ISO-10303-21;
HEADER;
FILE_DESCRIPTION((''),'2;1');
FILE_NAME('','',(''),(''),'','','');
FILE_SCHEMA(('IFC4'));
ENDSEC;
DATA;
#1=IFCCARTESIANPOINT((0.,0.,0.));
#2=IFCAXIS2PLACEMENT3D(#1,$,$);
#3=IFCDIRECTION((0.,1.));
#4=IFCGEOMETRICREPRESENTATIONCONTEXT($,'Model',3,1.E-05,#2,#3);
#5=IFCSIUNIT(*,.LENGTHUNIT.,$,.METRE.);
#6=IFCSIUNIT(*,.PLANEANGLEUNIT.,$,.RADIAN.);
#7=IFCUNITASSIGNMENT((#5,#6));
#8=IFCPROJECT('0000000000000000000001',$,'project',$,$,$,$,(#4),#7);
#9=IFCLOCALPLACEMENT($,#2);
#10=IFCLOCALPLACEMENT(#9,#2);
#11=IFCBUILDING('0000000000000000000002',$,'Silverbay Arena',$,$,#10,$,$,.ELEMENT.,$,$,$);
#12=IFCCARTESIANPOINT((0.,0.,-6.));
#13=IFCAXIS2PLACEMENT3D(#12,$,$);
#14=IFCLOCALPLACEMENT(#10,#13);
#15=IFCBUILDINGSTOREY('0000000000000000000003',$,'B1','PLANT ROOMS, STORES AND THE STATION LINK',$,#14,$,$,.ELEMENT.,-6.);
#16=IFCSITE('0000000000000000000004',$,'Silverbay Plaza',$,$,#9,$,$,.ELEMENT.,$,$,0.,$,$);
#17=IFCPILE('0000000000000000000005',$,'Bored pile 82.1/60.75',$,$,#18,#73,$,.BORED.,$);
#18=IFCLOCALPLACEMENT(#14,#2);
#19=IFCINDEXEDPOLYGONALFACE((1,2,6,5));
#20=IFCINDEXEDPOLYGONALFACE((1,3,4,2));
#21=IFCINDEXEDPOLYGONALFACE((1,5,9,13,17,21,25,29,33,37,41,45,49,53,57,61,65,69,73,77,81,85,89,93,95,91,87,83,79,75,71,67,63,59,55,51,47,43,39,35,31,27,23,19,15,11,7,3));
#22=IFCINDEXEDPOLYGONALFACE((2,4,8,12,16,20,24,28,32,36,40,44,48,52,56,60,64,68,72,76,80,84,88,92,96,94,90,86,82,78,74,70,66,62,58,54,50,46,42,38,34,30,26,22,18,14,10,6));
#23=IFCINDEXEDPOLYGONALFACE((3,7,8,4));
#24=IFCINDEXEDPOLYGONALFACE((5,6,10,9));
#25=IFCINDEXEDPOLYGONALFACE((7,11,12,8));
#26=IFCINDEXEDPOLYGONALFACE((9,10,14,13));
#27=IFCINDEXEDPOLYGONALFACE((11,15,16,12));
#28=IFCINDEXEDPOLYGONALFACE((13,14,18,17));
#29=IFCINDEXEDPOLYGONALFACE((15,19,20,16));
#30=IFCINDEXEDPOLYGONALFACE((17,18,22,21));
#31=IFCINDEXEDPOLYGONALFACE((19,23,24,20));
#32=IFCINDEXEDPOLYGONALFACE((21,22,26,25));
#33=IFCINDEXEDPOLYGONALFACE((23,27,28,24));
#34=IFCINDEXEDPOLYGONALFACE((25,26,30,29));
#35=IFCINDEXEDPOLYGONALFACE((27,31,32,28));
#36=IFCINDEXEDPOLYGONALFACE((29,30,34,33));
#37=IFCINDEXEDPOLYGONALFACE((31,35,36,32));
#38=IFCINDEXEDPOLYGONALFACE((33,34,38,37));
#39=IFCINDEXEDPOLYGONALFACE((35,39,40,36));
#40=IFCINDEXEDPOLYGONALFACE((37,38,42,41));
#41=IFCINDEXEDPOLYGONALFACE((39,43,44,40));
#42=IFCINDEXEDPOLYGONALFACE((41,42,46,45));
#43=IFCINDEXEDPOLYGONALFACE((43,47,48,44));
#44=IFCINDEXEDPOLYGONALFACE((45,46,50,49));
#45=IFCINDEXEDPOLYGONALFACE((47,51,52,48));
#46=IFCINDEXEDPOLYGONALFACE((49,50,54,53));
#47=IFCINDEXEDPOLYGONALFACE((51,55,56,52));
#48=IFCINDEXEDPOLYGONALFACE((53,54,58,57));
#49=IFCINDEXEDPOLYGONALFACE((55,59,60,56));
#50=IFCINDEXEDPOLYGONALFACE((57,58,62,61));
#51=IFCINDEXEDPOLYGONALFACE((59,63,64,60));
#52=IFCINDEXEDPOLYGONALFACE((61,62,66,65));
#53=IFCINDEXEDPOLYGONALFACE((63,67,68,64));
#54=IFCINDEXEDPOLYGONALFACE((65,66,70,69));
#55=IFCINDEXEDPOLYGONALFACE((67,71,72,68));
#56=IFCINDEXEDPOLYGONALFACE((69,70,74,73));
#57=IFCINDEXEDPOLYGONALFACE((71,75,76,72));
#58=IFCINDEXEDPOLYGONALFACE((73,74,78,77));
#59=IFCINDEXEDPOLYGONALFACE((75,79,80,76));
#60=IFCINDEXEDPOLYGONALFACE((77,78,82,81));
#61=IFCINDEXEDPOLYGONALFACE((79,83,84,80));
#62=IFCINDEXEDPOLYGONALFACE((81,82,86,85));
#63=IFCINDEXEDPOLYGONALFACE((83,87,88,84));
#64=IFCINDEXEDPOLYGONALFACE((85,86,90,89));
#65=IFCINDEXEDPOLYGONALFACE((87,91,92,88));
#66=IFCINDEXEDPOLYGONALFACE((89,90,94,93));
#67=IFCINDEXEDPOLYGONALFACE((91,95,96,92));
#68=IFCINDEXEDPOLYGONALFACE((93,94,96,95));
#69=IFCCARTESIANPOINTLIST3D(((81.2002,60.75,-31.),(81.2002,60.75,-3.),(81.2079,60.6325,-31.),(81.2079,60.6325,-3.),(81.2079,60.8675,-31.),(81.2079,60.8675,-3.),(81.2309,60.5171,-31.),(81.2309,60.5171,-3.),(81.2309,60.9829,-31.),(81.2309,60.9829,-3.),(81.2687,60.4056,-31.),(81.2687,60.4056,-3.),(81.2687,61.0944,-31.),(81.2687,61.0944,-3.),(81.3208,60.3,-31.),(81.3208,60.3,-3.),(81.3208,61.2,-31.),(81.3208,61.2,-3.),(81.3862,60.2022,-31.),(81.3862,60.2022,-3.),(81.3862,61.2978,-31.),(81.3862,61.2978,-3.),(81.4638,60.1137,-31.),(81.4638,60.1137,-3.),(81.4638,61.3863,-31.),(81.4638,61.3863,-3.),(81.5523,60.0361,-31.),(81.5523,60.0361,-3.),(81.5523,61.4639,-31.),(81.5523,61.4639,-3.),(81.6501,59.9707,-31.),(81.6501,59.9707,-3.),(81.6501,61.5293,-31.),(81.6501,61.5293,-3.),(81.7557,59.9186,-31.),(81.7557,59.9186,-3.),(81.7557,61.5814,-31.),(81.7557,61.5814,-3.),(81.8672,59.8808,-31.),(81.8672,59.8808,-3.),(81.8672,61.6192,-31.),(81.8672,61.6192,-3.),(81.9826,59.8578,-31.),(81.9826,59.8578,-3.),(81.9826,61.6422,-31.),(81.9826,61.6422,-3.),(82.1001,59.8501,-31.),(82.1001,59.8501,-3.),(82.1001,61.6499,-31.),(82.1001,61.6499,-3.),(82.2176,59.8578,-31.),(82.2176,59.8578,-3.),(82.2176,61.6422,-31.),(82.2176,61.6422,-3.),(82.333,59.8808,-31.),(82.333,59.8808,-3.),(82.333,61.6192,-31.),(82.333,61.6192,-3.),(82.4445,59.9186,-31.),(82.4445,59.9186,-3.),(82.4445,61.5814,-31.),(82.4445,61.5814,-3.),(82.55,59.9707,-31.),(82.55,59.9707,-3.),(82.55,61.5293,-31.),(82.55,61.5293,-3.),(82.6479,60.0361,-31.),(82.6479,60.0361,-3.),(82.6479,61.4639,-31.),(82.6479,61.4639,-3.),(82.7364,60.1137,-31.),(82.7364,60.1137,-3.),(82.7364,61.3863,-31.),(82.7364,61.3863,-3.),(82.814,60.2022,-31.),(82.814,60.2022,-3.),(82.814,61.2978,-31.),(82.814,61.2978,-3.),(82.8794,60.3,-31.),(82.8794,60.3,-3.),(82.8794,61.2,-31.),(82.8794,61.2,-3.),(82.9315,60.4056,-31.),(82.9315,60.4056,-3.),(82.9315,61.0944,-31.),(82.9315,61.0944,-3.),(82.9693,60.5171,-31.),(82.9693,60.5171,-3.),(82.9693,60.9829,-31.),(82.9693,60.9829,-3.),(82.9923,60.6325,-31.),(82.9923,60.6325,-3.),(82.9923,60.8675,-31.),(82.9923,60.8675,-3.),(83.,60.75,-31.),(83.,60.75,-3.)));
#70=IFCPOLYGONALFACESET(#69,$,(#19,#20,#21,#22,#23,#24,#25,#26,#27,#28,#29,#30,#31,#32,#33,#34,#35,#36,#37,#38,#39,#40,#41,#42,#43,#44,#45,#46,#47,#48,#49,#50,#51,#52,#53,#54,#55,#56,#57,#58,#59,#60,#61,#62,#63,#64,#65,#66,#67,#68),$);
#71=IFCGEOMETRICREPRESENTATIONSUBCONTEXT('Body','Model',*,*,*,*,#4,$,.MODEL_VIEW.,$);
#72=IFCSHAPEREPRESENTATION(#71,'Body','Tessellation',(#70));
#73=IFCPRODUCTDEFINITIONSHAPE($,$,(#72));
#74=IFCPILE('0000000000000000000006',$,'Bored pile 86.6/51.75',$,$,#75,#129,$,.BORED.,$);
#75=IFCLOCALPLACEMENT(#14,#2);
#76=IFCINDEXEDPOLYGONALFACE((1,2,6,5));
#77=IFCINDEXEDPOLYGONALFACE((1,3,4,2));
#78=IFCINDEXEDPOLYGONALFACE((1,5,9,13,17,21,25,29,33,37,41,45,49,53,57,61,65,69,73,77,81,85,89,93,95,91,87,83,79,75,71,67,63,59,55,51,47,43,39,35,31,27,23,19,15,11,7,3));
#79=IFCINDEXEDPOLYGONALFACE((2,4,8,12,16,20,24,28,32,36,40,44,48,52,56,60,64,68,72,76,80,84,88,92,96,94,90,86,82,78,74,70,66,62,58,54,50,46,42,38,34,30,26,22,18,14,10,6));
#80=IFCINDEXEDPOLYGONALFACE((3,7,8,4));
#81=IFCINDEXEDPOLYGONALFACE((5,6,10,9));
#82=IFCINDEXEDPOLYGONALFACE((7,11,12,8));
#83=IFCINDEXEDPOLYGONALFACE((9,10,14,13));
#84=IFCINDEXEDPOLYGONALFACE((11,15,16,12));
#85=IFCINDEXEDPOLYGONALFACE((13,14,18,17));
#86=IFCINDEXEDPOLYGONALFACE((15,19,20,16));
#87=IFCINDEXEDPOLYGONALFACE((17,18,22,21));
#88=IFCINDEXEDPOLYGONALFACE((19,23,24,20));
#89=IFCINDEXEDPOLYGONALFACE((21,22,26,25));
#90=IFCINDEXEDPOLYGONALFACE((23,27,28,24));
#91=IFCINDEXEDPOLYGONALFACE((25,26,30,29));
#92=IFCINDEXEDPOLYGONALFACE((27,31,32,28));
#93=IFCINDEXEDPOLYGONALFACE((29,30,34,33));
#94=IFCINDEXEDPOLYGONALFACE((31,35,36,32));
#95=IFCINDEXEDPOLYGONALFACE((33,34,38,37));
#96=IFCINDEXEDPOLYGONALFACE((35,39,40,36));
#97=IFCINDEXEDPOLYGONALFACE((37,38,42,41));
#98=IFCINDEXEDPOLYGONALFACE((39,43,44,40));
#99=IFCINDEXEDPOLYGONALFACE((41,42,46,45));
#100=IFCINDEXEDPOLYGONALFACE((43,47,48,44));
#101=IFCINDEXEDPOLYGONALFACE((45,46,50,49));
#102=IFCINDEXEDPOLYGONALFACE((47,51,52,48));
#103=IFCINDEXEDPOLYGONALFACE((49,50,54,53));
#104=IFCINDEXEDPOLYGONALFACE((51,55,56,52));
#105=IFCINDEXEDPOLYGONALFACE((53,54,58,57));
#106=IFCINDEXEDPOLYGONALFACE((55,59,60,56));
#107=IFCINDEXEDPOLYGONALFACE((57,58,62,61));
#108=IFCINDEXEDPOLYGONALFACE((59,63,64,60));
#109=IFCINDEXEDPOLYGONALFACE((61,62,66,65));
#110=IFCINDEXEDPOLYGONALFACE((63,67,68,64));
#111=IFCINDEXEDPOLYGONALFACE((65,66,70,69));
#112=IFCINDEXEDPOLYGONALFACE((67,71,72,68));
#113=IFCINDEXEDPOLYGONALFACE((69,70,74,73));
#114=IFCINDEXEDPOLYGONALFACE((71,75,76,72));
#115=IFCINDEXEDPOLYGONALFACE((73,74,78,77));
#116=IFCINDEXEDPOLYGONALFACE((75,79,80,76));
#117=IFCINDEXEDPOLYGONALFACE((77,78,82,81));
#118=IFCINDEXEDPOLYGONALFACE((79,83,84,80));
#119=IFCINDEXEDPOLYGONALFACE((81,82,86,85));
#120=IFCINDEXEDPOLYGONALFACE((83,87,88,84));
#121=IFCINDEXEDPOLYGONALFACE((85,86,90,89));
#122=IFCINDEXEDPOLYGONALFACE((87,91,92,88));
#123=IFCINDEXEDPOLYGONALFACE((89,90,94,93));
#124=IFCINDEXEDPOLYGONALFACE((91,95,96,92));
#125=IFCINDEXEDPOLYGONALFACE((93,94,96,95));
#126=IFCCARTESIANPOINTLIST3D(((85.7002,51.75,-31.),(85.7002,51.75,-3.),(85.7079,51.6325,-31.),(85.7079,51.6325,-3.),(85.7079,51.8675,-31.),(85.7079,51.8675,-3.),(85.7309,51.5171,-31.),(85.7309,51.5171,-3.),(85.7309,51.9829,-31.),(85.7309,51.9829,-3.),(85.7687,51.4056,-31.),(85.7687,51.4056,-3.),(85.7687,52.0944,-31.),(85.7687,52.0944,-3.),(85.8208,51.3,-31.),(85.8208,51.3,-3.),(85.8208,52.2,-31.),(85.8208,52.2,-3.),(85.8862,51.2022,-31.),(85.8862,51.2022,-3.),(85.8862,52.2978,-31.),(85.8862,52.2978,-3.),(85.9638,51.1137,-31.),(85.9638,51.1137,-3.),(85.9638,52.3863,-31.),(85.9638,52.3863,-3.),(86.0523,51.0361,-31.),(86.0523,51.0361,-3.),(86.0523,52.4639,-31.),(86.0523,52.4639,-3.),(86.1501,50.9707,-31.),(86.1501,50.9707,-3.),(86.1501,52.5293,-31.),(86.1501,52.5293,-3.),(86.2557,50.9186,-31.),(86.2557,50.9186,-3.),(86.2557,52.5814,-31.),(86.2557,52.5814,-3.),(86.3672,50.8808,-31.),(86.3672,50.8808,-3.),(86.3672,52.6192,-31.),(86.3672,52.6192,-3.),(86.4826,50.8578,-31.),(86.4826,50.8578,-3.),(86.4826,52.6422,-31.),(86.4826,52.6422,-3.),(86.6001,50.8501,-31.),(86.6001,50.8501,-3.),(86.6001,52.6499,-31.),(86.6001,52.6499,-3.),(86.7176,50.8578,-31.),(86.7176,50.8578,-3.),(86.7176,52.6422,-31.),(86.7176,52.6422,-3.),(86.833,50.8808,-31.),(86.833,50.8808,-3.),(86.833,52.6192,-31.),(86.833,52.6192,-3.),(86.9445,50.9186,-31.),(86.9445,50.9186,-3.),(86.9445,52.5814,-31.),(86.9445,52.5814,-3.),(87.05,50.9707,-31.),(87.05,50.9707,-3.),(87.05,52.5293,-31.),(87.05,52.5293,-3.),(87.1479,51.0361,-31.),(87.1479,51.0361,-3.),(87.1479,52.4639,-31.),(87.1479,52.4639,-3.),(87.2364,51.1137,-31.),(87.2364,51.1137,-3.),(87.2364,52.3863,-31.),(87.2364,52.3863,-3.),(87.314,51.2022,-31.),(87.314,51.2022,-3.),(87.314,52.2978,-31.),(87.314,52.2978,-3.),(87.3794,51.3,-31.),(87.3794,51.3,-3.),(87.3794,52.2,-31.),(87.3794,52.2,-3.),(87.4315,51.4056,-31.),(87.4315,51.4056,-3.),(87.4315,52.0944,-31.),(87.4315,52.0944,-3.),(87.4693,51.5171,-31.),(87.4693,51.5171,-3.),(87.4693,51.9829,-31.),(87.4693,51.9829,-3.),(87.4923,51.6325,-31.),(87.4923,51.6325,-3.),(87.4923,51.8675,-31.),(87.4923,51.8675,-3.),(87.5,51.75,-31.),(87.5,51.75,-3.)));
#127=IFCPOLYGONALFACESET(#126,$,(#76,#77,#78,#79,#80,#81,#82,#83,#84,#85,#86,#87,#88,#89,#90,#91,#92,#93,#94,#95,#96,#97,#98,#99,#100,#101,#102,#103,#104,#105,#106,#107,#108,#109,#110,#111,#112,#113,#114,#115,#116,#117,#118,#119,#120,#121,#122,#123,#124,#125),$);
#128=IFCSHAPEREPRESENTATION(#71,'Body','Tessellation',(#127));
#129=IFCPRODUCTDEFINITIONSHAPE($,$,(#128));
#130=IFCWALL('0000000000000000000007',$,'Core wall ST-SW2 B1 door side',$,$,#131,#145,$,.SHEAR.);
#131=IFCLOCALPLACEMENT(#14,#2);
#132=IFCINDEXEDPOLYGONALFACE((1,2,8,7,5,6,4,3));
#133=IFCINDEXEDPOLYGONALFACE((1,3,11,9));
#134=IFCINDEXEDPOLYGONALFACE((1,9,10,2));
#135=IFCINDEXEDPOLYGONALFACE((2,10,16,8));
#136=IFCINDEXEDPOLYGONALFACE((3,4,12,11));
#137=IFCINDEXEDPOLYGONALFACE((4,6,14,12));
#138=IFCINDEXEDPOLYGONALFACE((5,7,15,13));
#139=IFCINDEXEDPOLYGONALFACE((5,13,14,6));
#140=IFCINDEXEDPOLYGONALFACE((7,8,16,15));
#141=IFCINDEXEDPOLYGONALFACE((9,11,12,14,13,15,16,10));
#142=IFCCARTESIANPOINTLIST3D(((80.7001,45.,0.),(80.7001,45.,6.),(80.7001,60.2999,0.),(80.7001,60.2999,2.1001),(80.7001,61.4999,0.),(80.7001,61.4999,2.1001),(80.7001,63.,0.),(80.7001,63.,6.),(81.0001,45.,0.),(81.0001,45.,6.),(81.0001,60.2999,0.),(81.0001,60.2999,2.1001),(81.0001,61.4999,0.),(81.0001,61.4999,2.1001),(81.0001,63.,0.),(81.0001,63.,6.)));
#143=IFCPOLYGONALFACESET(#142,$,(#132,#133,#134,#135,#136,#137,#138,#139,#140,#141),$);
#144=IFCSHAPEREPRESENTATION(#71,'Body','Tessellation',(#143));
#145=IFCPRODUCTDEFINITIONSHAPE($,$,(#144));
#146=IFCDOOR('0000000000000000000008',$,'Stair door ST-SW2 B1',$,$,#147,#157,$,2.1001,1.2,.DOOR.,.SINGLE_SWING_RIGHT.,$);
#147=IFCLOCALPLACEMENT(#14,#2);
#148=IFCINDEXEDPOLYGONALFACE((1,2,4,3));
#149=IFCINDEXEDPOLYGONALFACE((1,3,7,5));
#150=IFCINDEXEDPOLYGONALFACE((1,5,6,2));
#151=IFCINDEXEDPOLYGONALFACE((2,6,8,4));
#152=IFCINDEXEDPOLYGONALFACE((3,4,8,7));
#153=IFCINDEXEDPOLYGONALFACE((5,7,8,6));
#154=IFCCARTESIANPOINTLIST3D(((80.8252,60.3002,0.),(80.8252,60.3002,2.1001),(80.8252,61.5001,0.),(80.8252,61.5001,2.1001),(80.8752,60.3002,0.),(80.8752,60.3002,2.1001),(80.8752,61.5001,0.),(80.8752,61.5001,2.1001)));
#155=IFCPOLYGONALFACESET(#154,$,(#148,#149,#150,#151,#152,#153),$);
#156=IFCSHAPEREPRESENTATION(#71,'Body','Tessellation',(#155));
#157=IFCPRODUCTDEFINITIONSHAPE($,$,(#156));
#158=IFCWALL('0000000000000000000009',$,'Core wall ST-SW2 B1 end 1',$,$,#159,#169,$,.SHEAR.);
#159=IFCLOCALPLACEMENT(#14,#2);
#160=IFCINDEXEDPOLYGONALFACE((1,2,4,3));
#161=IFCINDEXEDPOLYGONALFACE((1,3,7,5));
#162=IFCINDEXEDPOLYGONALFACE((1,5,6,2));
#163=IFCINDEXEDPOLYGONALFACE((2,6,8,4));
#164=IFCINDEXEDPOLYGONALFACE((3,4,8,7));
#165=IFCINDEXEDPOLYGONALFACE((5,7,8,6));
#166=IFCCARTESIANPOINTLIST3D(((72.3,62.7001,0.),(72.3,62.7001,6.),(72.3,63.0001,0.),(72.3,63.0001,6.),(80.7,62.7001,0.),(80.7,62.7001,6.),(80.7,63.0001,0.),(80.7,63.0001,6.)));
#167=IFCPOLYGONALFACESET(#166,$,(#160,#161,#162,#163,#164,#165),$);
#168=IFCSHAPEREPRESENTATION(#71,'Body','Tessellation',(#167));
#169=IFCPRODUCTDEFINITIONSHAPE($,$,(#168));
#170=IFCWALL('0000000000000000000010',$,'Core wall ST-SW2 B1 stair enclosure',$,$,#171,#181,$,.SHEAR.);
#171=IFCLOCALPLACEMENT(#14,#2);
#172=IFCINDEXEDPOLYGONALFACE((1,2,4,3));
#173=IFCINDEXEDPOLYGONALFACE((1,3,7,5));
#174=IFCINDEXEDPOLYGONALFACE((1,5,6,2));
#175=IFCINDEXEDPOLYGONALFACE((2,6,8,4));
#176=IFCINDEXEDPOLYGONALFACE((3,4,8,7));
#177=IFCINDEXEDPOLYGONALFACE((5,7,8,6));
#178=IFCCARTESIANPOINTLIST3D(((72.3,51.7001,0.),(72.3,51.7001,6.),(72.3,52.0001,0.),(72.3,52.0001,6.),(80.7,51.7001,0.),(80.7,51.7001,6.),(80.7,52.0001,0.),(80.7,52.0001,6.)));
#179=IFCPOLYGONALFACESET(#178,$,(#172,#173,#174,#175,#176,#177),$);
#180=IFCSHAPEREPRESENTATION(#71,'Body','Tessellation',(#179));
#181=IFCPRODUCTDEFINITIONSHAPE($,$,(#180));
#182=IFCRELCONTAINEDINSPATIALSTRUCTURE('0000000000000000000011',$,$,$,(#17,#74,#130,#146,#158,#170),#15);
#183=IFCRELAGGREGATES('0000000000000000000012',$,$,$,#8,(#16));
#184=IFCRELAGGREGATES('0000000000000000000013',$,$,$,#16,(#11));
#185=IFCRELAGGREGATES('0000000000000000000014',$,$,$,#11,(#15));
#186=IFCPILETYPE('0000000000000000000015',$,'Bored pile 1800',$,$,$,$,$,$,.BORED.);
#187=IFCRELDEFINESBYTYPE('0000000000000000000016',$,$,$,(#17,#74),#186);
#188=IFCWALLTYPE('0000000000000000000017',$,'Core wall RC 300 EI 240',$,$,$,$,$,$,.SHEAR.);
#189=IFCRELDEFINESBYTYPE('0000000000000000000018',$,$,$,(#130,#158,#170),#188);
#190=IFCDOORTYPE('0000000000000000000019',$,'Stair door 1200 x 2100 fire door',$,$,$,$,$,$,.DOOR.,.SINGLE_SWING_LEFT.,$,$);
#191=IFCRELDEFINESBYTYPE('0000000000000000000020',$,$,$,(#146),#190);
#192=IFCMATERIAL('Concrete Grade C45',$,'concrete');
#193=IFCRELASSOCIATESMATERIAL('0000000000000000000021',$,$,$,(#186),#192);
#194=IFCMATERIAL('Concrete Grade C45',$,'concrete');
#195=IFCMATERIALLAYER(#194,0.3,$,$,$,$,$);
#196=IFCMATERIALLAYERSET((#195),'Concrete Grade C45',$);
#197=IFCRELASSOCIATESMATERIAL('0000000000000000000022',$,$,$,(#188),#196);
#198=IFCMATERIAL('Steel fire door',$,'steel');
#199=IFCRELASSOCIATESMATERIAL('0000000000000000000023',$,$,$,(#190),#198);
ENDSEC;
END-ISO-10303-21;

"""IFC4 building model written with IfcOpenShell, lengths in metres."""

from ifc_helpers import new_model, si_unit, direction, frame, frame_2d, origin, origin_2d, place, context, subcontext, project, spatial, rectangle, circle, extrude, material, layer, layer_set, material_profile, profile_set, type_object, element, fill, save


model = new_model("IFC4")

# Units and contexts
model_context = context("Model", 3, precision=1e-05, world=origin(), true_north=direction((0.0, 1.0)))
body_context = subcontext(model_context, "Body", "Model", "MODEL_VIEW")
ifc_project = project(units=[si_unit("LENGTHUNIT", "METRE"), si_unit("PLANEANGLEUNIT", "RADIAN")], contexts=[model_context])

# Site, building, storey
site_placement = place(None, origin())
site = spatial("IfcSite", under=ifc_project, at=site_placement, Name="Silverbay Plaza", CompositionType="ELEMENT", RefElevation=0.0)
building_placement = place(site_placement, origin())
building = spatial("IfcBuilding", under=site, at=building_placement, Name="Silverbay Arena", CompositionType="ELEMENT")
storey_placement = place(building_placement, frame((0.0, 0.0, -6.0)))
storey = spatial("IfcBuildingStorey", under=building, at=storey_placement, Name="B1", Description="PLANT ROOMS, STORES AND THE STATION LINK", CompositionType="ELEMENT", Elevation=-6.0)

# Piles
ifc_material_1 = material(Name="Concrete Grade C45", Category="concrete")
ifc_material_profile_1 = material_profile(ifc_material_1, circle(Radius=0.8999, at=origin_2d()), Name="Bored pile 1800")
ifc_profile_set_1 = profile_set([ifc_material_profile_1], Name="Concrete Grade C45")
pile_type_1 = type_object("IfcPileType", Name="Bored pile 1800", PredefinedType="BORED", material=ifc_profile_set_1)
for number, where, z_axis, x_axis, name in (
    (1, (82.1001, 60.75, -3.0), (0.0, 0.0, -1.0), (1.0, 0.0, 0.0), "Bored pile 82.1/60.75"),
    (2, (86.6001, 51.75, -3.0), (0.0, 0.0, -1.0), (1.0, 0.0, 0.0), "Bored pile 86.6/51.75"),
):
    element("IfcPile", number, at=place(storey_placement, frame(where, z_axis=z_axis, x_axis=x_axis)), inside=storey, type_object=pile_type_1, Name=name, PredefinedType="BORED", context=body_context, shape_type="SweptSolid", body=[
        extrude(circle(Radius=0.8999, at=origin_2d()), origin(), (0.0, 0.0, 1.0), 28.0),
    ])

# Wall, opening, door
ifc_material_2 = material(Name="Concrete Grade C45", Category="concrete")
ifc_layer_1 = layer(ifc_material_2, 0.3)
ifc_layer_set_1 = layer_set([ifc_layer_1], Name="Concrete Grade C45")
wall_type_1 = type_object("IfcWallType", Name="Core wall RC 300 EI 240", PredefinedType="SHEAR", material=ifc_layer_set_1)
wall_1_placement = place(storey_placement, frame((80.8501, 63.0, 0.0), z_axis=(0.0, 0.0, 1.0), x_axis=(0.0, -1.0, 0.0)))
wall_1 = element("IfcWall", 3, at=wall_1_placement, inside=storey, type_object=wall_type_1, Name="Core wall ST-SW2 B1 door side", PredefinedType="SHEAR", context=body_context, shape_type="SweptSolid", body=[
    extrude(rectangle(XDim=18.0, YDim=0.3, at=frame_2d((9.0, 0.0))), origin(), (0.0, 0.0, 1.0), 6.0),
])
opening_1_placement = place(wall_1_placement, frame((1.5, 0.0, 0.0)))
opening_1 = element("IfcOpeningElement", 4, at=opening_1_placement, cuts=wall_1, PredefinedType="OPENING", context=body_context, shape_type="SweptSolid", body=[
    extrude(rectangle(XDim=1.2, YDim=2.1001, at=frame_2d((0.6001, 1.05))), frame((0.0, 0.1602, 0.0), z_axis=(0.0, -1.0, 0.0), x_axis=(1.0, 0.0, 0.0)), (0.0, 0.0, 1.0), 0.3201),
])
ifc_material_3 = material(Name="Steel fire door", Category="steel")
door_type_1 = type_object("IfcDoorType", Name="Stair door 1200 x 2100 fire door", OperationType="SINGLE_SWING_LEFT", PredefinedType="DOOR", material=ifc_material_3)
door_1_placement = place(opening_1_placement, frame((1.2, 0.0, 0.0), z_axis=(0.0, 0.0, 1.0), x_axis=(-1.0, 0.0, 0.0)))
door_1 = element("IfcDoor", 5, at=door_1_placement, inside=storey, type_object=door_type_1, Name="Stair door ST-SW2 B1", OperationType="SINGLE_SWING_RIGHT", OverallHeight=2.1001, OverallWidth=1.2, PredefinedType="DOOR", context=body_context, shape_type="SweptSolid", body=[
    extrude(rectangle(XDim=1.2, YDim=2.1001, at=frame_2d((0.6001, 1.05))), frame((0.0, 0.0249, 0.0), z_axis=(0.0, -1.0, 0.0), x_axis=(1.0, 0.0, 0.0)), (0.0, 0.0, 1.0), 0.05),
])
fill(opening_1, door_1)

# Walls
for number, where, z_axis, x_axis, name in (
    (6, (80.7, 62.8501, 0.0), (0.0, 0.0, 1.0), (-1.0, 0.0, 0.0), "Core wall ST-SW2 B1 end 1"),
    (7, (80.7, 51.8501, 0.0), (0.0, 0.0, 1.0), (-1.0, 0.0, 0.0), "Core wall ST-SW2 B1 stair enclosure"),
):
    element("IfcWall", number, at=place(storey_placement, frame(where, z_axis=z_axis, x_axis=x_axis)), inside=storey, type_object=wall_type_1, Name=name, PredefinedType="SHEAR", context=body_context, shape_type="SweptSolid", body=[
        extrude(rectangle(XDim=8.3999, YDim=0.3, at=frame_2d((4.2, 0.0))), origin(), (0.0, 0.0, 1.0), 6.0),
    ])

save(model, "model.ifc")
